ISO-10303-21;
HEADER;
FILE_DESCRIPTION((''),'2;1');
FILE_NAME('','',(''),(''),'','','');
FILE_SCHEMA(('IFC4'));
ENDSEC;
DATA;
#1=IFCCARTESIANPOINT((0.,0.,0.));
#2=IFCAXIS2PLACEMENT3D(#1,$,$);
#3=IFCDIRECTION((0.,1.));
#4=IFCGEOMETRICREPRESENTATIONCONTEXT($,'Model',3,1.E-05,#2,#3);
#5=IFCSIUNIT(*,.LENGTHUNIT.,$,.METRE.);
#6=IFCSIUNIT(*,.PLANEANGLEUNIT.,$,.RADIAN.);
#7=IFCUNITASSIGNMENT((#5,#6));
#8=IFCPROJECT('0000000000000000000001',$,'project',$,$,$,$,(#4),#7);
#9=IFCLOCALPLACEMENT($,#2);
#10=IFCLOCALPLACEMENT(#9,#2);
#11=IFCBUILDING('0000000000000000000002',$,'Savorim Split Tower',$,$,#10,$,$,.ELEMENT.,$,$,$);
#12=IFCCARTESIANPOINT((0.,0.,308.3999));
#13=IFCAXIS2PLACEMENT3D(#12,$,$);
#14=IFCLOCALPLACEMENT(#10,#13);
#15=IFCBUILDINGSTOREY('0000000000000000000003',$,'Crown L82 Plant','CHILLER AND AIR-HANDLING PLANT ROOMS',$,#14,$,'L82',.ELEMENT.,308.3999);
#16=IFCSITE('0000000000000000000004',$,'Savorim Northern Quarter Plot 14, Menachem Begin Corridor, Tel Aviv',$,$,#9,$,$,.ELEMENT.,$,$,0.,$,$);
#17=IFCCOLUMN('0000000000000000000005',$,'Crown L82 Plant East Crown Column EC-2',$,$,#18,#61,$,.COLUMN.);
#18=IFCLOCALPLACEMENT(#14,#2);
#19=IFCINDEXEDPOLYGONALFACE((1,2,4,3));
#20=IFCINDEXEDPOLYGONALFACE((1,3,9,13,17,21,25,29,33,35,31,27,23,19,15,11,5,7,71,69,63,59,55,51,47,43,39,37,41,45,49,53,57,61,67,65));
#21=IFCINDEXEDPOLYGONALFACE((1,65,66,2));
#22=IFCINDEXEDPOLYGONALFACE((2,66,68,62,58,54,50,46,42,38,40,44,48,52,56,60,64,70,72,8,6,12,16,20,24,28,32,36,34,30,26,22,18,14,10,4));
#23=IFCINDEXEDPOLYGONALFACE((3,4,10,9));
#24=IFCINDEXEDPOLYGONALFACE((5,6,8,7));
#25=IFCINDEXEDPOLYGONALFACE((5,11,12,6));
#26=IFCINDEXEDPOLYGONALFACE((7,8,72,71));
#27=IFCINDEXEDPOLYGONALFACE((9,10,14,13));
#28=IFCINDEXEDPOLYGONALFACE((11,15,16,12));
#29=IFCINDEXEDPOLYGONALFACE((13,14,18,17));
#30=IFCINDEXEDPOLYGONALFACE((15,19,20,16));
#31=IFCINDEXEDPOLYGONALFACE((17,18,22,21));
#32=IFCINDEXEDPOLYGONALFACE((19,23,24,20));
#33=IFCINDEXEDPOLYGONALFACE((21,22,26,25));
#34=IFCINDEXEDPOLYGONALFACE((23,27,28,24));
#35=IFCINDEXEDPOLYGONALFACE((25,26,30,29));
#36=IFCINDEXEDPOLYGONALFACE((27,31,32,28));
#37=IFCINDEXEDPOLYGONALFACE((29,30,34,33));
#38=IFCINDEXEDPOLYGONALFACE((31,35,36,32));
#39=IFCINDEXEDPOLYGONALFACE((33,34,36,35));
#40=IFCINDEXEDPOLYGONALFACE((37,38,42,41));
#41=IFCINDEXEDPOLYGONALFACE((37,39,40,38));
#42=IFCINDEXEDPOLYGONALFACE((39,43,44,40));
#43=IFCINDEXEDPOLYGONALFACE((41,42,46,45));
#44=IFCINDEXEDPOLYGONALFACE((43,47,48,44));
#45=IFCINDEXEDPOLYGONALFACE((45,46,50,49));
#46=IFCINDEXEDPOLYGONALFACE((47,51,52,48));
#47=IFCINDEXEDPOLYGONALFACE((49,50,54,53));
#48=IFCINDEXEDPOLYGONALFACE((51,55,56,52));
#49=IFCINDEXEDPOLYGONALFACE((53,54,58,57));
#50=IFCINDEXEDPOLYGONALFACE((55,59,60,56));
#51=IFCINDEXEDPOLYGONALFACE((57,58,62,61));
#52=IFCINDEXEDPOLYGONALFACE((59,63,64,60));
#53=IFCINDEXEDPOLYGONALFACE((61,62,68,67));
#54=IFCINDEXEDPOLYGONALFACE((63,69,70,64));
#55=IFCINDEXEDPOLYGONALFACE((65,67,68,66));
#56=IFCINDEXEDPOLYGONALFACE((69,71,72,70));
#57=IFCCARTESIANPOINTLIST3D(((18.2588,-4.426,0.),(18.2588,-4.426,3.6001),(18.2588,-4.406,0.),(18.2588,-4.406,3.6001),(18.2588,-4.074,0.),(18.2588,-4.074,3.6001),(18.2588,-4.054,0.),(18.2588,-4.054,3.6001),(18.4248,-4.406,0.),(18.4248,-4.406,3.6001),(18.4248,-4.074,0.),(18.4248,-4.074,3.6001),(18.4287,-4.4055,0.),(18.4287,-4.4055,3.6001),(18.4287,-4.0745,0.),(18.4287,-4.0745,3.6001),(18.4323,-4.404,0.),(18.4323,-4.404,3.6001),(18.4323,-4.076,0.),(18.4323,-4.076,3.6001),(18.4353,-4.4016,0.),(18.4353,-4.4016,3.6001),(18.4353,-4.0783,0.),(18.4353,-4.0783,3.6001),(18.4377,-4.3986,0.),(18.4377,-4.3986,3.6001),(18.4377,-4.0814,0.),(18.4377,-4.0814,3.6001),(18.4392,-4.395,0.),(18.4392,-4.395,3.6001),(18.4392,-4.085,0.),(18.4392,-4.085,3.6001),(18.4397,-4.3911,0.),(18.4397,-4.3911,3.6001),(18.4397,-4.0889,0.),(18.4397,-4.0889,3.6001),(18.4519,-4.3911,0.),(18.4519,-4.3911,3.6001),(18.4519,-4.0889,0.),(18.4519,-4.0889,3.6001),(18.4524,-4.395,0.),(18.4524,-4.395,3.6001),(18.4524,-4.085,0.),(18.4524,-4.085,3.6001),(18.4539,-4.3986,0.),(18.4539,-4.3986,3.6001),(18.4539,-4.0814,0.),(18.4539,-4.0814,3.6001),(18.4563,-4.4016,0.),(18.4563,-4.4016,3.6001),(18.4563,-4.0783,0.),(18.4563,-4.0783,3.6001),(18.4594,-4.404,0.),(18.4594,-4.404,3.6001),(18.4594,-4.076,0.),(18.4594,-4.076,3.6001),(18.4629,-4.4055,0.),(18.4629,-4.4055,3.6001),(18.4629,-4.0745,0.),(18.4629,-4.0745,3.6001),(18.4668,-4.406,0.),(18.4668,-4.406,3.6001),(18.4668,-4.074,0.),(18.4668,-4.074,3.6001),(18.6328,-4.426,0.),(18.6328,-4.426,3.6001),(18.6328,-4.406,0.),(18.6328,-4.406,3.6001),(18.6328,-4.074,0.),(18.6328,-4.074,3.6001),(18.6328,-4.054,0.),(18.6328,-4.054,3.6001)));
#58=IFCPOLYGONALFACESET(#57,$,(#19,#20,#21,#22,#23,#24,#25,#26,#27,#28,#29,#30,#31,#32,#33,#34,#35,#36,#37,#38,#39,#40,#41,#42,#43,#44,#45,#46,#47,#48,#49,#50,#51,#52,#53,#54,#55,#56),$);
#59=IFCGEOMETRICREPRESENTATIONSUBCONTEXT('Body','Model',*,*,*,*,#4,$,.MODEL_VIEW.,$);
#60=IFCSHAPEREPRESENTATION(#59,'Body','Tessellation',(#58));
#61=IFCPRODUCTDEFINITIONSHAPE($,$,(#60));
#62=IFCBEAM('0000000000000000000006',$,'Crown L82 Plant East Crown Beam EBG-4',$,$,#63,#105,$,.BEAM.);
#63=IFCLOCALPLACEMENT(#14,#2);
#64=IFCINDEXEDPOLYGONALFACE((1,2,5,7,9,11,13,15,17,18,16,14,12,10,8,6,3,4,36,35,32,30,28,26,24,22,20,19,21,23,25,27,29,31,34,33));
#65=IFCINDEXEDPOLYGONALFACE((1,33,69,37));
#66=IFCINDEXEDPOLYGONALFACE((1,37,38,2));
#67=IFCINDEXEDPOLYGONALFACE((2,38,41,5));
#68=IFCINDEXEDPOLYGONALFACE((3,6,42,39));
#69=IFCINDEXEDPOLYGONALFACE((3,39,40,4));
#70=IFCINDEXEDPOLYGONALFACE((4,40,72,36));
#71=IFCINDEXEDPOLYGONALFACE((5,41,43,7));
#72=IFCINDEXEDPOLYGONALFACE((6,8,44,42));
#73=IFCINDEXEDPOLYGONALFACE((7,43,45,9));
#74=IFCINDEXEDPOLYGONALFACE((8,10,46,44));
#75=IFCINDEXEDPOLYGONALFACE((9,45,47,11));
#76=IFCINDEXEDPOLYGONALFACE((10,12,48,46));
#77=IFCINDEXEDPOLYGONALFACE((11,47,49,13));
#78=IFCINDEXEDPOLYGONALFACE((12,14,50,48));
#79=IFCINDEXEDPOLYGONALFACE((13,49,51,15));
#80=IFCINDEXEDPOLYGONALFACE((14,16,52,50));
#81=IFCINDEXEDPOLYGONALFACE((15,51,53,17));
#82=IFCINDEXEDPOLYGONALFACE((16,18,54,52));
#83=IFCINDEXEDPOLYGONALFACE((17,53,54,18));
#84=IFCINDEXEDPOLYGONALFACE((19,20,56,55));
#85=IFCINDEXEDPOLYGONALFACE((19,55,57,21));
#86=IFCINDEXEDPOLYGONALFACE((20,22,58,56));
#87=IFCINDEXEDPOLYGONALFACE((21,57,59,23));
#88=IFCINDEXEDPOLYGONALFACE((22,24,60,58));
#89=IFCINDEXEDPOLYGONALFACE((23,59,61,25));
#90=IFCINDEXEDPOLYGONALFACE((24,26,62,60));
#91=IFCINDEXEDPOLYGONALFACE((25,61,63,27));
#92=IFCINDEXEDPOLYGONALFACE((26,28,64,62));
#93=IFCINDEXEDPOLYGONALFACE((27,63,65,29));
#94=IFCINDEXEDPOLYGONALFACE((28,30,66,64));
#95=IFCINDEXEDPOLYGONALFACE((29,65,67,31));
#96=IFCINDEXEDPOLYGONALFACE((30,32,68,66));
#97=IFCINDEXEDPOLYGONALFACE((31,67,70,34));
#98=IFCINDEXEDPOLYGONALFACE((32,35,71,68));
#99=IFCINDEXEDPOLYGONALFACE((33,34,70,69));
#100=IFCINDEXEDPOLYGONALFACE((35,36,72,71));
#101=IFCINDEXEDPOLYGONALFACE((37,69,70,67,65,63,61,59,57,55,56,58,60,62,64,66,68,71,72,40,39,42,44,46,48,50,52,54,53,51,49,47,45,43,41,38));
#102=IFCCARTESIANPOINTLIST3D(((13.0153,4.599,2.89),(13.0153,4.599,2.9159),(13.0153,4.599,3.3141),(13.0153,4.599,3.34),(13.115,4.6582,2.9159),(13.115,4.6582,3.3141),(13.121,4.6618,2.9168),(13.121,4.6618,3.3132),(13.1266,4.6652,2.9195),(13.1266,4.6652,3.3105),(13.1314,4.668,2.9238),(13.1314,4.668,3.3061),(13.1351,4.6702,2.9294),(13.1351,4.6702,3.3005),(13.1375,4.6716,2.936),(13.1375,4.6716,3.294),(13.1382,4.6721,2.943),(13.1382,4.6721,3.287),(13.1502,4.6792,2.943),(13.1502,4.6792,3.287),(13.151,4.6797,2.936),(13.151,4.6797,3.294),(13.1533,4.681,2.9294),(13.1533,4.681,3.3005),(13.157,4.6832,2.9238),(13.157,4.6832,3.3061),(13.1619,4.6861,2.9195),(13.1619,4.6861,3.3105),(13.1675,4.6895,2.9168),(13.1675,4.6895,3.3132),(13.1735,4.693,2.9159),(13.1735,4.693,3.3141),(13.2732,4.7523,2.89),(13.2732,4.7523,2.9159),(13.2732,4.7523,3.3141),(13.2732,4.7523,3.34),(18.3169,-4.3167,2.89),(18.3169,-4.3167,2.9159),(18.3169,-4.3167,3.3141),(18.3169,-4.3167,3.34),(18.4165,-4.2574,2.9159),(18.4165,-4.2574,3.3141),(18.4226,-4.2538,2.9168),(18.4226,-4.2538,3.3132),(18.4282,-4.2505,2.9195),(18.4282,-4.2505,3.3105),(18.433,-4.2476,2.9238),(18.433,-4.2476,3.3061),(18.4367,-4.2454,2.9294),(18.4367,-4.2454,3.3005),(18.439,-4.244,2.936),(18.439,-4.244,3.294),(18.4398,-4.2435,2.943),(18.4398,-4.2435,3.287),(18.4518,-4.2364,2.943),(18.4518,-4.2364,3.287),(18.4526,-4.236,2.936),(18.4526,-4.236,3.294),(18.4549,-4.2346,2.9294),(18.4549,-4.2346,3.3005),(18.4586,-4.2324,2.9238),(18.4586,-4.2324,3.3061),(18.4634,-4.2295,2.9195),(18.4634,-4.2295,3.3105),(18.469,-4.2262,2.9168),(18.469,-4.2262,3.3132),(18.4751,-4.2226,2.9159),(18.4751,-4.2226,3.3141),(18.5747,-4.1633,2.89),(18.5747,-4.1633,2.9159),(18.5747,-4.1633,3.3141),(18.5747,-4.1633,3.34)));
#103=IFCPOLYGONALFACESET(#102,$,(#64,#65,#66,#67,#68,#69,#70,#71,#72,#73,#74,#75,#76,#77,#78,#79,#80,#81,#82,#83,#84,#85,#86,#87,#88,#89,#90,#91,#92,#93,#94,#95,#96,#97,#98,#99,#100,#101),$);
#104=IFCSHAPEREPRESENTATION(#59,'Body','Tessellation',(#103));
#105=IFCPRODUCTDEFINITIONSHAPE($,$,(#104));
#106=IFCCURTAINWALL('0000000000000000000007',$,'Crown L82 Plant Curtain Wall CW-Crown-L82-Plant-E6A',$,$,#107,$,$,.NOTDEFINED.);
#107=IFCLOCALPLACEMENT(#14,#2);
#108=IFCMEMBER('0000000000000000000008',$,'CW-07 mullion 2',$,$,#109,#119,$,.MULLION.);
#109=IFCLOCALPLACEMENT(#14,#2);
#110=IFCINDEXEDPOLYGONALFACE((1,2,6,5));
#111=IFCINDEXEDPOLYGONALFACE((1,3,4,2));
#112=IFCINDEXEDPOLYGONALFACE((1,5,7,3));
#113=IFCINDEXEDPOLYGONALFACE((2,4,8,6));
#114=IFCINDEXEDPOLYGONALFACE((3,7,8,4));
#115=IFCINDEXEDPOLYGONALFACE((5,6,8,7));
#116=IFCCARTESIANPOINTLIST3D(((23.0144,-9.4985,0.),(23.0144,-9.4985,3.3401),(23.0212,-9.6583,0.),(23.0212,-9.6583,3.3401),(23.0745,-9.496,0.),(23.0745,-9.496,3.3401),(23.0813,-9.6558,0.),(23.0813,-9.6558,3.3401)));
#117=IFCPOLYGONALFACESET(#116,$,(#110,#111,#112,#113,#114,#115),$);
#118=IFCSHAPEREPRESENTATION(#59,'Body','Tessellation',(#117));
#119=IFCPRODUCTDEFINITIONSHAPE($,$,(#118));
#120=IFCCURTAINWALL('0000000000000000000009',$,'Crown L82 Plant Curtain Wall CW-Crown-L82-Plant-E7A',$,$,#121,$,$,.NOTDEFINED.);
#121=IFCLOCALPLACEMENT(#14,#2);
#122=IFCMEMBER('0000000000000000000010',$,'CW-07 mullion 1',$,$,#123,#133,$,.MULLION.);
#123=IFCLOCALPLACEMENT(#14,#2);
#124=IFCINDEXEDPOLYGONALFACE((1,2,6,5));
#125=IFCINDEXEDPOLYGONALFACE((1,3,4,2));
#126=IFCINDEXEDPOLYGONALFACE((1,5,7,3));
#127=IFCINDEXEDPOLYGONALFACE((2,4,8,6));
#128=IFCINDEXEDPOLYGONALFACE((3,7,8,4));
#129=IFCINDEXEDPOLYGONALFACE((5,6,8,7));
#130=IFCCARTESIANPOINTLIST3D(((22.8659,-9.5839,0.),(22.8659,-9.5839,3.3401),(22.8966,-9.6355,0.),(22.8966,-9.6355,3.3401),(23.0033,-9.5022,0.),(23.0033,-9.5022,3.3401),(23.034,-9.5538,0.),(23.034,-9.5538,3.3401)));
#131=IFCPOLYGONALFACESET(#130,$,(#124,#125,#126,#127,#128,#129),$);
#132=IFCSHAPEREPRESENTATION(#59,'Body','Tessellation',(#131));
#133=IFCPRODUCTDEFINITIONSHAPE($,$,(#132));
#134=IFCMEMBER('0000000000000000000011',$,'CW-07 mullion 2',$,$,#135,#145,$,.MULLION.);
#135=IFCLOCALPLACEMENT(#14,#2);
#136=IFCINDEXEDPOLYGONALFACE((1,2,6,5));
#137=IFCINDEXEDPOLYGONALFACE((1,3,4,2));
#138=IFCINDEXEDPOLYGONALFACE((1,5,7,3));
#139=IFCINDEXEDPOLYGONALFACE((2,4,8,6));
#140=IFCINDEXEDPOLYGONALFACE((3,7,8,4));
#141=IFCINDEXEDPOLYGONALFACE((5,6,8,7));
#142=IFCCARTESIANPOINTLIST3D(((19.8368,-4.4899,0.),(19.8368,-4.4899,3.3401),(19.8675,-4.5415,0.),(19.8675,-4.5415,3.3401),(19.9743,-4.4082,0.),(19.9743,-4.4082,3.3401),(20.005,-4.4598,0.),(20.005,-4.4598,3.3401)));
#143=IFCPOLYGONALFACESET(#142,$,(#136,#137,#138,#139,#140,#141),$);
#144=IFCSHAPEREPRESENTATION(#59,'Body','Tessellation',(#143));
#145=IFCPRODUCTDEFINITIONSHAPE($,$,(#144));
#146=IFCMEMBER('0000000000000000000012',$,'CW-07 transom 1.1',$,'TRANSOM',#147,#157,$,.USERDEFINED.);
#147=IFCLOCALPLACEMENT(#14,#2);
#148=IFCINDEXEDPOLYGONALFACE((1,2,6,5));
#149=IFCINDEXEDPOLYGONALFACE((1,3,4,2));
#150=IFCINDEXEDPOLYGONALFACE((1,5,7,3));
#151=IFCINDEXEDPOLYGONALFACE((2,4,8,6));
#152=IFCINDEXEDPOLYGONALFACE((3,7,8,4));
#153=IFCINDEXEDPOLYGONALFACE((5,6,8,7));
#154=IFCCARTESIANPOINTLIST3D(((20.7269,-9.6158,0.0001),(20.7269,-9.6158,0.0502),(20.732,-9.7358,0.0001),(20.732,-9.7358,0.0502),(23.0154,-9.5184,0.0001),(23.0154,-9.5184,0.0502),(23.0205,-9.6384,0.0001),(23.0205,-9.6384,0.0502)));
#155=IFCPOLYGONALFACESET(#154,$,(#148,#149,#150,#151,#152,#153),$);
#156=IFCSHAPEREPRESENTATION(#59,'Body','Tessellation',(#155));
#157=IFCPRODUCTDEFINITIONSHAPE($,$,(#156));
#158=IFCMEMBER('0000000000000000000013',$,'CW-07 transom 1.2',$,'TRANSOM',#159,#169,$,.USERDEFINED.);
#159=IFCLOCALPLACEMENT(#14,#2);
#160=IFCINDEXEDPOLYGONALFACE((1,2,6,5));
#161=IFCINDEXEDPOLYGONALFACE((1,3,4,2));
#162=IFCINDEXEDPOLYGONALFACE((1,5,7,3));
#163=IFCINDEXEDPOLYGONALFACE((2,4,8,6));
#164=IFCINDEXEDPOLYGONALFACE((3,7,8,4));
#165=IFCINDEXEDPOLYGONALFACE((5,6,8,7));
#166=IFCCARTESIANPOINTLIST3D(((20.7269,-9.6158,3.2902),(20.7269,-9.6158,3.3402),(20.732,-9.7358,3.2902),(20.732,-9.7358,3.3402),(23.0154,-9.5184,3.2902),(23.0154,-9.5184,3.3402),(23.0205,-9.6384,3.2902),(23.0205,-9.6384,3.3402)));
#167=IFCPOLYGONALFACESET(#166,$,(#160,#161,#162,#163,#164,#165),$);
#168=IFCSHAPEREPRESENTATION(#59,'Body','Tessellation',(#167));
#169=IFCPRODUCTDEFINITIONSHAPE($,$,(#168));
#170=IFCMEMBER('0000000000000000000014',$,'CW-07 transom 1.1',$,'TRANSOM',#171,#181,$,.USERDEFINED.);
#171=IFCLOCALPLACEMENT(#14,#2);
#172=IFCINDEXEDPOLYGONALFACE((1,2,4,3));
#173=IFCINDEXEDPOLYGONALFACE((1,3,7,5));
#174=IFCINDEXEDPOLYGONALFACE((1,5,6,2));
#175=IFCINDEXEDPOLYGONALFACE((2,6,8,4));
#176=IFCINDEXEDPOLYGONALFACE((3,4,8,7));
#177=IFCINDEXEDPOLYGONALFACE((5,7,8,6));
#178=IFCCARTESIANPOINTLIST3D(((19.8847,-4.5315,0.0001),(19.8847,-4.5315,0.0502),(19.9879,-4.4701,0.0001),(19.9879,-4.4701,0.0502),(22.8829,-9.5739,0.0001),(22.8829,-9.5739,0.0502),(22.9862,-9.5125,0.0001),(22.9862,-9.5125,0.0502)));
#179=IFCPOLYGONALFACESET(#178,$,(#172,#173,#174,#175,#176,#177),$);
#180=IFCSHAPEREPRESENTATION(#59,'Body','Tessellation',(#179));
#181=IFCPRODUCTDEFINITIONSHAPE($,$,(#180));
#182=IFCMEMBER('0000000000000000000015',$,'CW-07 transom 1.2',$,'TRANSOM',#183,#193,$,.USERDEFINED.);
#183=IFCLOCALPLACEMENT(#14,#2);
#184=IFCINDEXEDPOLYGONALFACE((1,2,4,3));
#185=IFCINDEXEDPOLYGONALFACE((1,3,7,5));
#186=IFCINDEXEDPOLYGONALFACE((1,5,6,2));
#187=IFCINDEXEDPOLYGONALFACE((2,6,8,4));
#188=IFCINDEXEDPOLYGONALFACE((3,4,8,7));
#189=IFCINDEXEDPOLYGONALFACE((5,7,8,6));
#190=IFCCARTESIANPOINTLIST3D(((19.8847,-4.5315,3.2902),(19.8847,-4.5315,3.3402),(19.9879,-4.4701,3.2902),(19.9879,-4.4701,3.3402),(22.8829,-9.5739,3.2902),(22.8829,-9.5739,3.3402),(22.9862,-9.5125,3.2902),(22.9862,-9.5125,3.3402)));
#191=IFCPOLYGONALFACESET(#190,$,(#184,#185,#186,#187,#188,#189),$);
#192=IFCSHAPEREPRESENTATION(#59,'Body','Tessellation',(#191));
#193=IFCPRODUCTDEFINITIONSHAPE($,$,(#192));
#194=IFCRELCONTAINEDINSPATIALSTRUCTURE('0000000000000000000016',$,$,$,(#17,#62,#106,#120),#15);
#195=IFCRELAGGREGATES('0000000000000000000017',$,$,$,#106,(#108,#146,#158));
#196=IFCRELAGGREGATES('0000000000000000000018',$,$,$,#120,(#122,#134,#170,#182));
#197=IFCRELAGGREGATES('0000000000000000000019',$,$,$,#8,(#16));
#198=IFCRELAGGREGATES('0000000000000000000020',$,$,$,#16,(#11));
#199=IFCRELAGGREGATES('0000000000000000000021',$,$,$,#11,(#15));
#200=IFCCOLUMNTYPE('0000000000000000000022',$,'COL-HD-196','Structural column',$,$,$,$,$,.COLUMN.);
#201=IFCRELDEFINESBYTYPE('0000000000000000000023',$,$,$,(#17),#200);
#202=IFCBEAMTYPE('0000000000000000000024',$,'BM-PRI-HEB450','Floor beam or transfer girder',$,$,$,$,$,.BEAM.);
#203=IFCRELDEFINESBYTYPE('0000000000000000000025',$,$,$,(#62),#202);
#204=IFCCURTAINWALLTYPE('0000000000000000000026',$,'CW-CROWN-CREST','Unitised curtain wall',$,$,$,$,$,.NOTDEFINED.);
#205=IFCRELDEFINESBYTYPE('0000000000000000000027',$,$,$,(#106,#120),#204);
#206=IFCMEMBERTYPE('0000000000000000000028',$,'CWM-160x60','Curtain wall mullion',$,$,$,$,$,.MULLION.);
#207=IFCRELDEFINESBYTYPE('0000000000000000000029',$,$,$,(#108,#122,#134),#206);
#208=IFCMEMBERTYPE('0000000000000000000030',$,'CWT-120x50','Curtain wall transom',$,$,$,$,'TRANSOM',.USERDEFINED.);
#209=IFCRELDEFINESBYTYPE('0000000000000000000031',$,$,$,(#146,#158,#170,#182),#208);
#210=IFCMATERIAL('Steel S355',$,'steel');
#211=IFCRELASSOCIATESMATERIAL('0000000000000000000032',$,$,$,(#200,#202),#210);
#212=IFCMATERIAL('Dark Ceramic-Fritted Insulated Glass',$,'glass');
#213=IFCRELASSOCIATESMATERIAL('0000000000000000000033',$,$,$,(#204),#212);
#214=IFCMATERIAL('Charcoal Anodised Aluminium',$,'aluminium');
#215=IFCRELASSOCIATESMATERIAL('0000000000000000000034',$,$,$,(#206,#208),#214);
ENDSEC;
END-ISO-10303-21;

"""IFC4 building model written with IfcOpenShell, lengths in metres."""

from ifc_helpers import new_model, si_unit, direction, frame, origin, origin_2d, place, context, subcontext, project, spatial, rectangle, i_section, extrude, material, material_profile, profile_set, type_object, element, aggregate, save


model = new_model("IFC4")

# Units and contexts
model_context = context("Model", 3, precision=1e-05, world=origin(), true_north=direction((0.0, 1.0)))
body_context = subcontext(model_context, "Body", "Model", "MODEL_VIEW")
ifc_project = project(units=[si_unit("LENGTHUNIT", "METRE"), si_unit("PLANEANGLEUNIT", "RADIAN")], contexts=[model_context])

# Site, building, storey
site_placement = place(None, origin())
site = spatial("IfcSite", under=ifc_project, at=site_placement, Name="Savorim Northern Quarter Plot 14, Menachem Begin Corridor, Tel Aviv", CompositionType="ELEMENT", RefElevation=0.0)
building_placement = place(site_placement, origin())
building = spatial("IfcBuilding", under=site, at=building_placement, Name="Savorim Split Tower", CompositionType="ELEMENT")
storey_placement = place(building_placement, frame((0.0, 0.0, 308.3999)))
storey = spatial("IfcBuildingStorey", under=building, at=storey_placement, Name="Crown L82 Plant", Description="CHILLER AND AIR-HANDLING PLANT ROOMS", LongName="L82", CompositionType="ELEMENT", Elevation=308.3999)

# Column
ifc_material_1 = material(Name="Steel S355", Category="steel")
ifc_material_profile_1 = material_profile(ifc_material_1, i_section(OverallWidth=0.374, OverallDepth=0.3721, WebThickness=0.0122, FlangeThickness=0.02, FilletRadius=0.0149, at=origin_2d()), Name="HD 360x196")
ifc_profile_set_1 = profile_set([ifc_material_profile_1], Name="Steel S355")
column_type = type_object("IfcColumnType", Name="COL-HD-196", Description="Structural column", PredefinedType="COLUMN", material=ifc_profile_set_1)
column_placement = place(storey_placement, frame((18.4458, -4.24, 0.0), z_axis=(0.0, 0.0, 1.0), x_axis=(1.0, 0.0, 0.0)))
element("IfcColumn", 1, at=column_placement, inside=storey, type_object=column_type, Name="Crown L82 Plant East Crown Column EC-2", PredefinedType="COLUMN", context=body_context, shape_type="SweptSolid", body=[
    extrude(i_section(OverallWidth=0.374, OverallDepth=0.3721, WebThickness=0.0122, FlangeThickness=0.02, FilletRadius=0.0149, at=origin_2d()), origin(), (0.0, 0.0, 1.0), 3.6001),
])

# Beam
ifc_material_profile_2 = material_profile(ifc_material_1, i_section(OverallWidth=0.3, OverallDepth=0.45, WebThickness=0.0139, FlangeThickness=0.0259, FilletRadius=0.0271, at=origin_2d()), Name="HEB 450")
ifc_profile_set_2 = profile_set([ifc_material_profile_2], Name="Steel S355")
beam_type = type_object("IfcBeamType", Name="BM-PRI-HEB450", Description="Floor beam or transfer girder", PredefinedType="BEAM", material=ifc_profile_set_2)
beam_placement = place(storey_placement, frame((18.4458, -4.24, 3.115), z_axis=(-0.511103, 0.859519, 0.0), x_axis=(-0.859519, -0.511103, 0.0)))
element("IfcBeam", 2, at=beam_placement, inside=storey, type_object=beam_type, Name="Crown L82 Plant East Crown Beam EBG-4", PredefinedType="BEAM", context=body_context, shape_type="SweptSolid", body=[
    extrude(i_section(OverallWidth=0.3, OverallDepth=0.45, WebThickness=0.0139, FlangeThickness=0.0259, FilletRadius=0.0271, at=origin_2d()), origin(), (0.0, 0.0, 1.0), 10.3728),
])

# Curtain wall, member
ifc_material_2 = material(Name="Dark Ceramic-Fritted Insulated Glass", Category="glass")
curtain_wall_type = type_object("IfcCurtainWallType", Name="CW-CROWN-CREST", Description="Unitised curtain wall", PredefinedType="NOTDEFINED", material=ifc_material_2)
curtain_wall_1_placement = place(storey_placement, origin())
curtain_wall_1 = element("IfcCurtainWall", 3, at=curtain_wall_1_placement, inside=storey, type_object=curtain_wall_type, Name="Crown L82 Plant Curtain Wall CW-Crown-L82-Plant-E6A", PredefinedType="NOTDEFINED")
ifc_material_3 = material(Name="Charcoal Anodised Aluminium", Category="aluminium")
ifc_material_profile_3 = material_profile(ifc_material_3, rectangle(XDim=0.1599, YDim=0.0601, at=origin_2d()), Name="ALU-M 160x60")
ifc_profile_set_3 = profile_set([ifc_material_profile_3], Name="Charcoal Anodised Aluminium")
member_type_1 = type_object("IfcMemberType", Name="CWM-160x60", Description="Curtain wall mullion", PredefinedType="MULLION", material=ifc_profile_set_3)
member_1_placement = place(storey_placement, frame((23.0479, -9.5771, 0.0), z_axis=(0.0, 0.0, 1.0), x_axis=(-0.042521, 0.999096, 0.0)))
member_1 = element("IfcMember", 4, at=member_1_placement, type_object=member_type_1, Name="CW-07 mullion 2", PredefinedType="MULLION", context=body_context, shape_type="SweptSolid", body=[
    extrude(rectangle(XDim=0.1599, YDim=0.0601, at=origin_2d()), origin(), (0.0, 0.0, 1.0), 3.3401),
])

# Curtain wall, members
curtain_wall_2_placement = place(storey_placement, origin())
curtain_wall_2 = element("IfcCurtainWall", 5, at=curtain_wall_2_placement, inside=storey, type_object=curtain_wall_type, Name="Crown L82 Plant Curtain Wall CW-Crown-L82-Plant-E7A", PredefinedType="NOTDEFINED")
member_2_placement = place(storey_placement, frame((22.95, -9.5688, 0.0), z_axis=(0.0, 0.0, 1.0), x_axis=(-0.859524, -0.511095, 0.0)))
member_2 = element("IfcMember", 6, at=member_2_placement, type_object=member_type_1, Name="CW-07 mullion 1", PredefinedType="MULLION", context=body_context, shape_type="SweptSolid", body=[
    extrude(rectangle(XDim=0.1599, YDim=0.0601, at=origin_2d()), origin(), (0.0, 0.0, 1.0), 3.3401),
])
member_3_placement = place(storey_placement, frame((19.9209, -4.4749, 0.0), z_axis=(0.0, 0.0, 1.0), x_axis=(-0.859524, -0.511095, 0.0)))
member_3 = element("IfcMember", 7, at=member_3_placement, type_object=member_type_1, Name="CW-07 mullion 2", PredefinedType="MULLION", context=body_context, shape_type="SweptSolid", body=[
    extrude(rectangle(XDim=0.1599, YDim=0.0601, at=origin_2d()), origin(), (0.0, 0.0, 1.0), 3.3401),
])

# Members
ifc_material_profile_4 = material_profile(ifc_material_3, rectangle(XDim=0.1201, YDim=0.05, at=origin_2d()), Name="ALU-T 120x50")
ifc_profile_set_4 = profile_set([ifc_material_profile_4], Name="Charcoal Anodised Aluminium")
member_type_2 = type_object("IfcMemberType", Name="CWT-120x50", Description="Curtain wall transom", ElementType="TRANSOM", PredefinedType="USERDEFINED", material=ifc_profile_set_4)
member_4_placement = place(storey_placement, frame((20.7295, -9.6758, 0.0251), z_axis=(0.999095, 0.042526, 0.0), x_axis=(-0.042526, 0.999095, 0.0)))
member_4 = element("IfcMember", 8, at=member_4_placement, type_object=member_type_2, Name="CW-07 transom 1.1", ObjectType="TRANSOM", PredefinedType="USERDEFINED", context=body_context, shape_type="SweptSolid", body=[
    extrude(rectangle(XDim=0.1201, YDim=0.05, at=origin_2d()), origin(), (0.0, 0.0, 1.0), 2.2905),
])
member_5_placement = place(storey_placement, frame((20.7295, -9.6758, 3.3152), z_axis=(0.999095, 0.042526, 0.0), x_axis=(-0.042526, 0.999095, 0.0)))
member_5 = element("IfcMember", 9, at=member_5_placement, type_object=member_type_2, Name="CW-07 transom 1.2", ObjectType="TRANSOM", PredefinedType="USERDEFINED", context=body_context, shape_type="SweptSolid", body=[
    extrude(rectangle(XDim=0.1201, YDim=0.05, at=origin_2d()), origin(), (0.0, 0.0, 1.0), 2.2905),
])
member_6_placement = place(storey_placement, frame((22.9346, -9.5432, 0.0251), z_axis=(-0.511083, 0.859531, 0.0), x_axis=(-0.859531, -0.511083, 0.0)))
member_6 = element("IfcMember", 10, at=member_6_placement, type_object=member_type_2, Name="CW-07 transom 1.1", ObjectType="TRANSOM", PredefinedType="USERDEFINED", context=body_context, shape_type="SweptSolid", body=[
    extrude(rectangle(XDim=0.1201, YDim=0.05, at=origin_2d()), origin(), (0.0, 0.0, 1.0), 5.8665),
])
member_7_placement = place(storey_placement, frame((22.9346, -9.5432, 3.3152), z_axis=(-0.511083, 0.859531, 0.0), x_axis=(-0.859531, -0.511083, 0.0)))
member_7 = element("IfcMember", 11, at=member_7_placement, type_object=member_type_2, Name="CW-07 transom 1.2", ObjectType="TRANSOM", PredefinedType="USERDEFINED", context=body_context, shape_type="SweptSolid", body=[
    extrude(rectangle(XDim=0.1201, YDim=0.05, at=origin_2d()), origin(), (0.0, 0.0, 1.0), 5.8665),
])

aggregate(curtain_wall_1, [member_1, member_4, member_5])
aggregate(curtain_wall_2, [member_2, member_3, member_6, member_7])

save(model, "model.ifc")
